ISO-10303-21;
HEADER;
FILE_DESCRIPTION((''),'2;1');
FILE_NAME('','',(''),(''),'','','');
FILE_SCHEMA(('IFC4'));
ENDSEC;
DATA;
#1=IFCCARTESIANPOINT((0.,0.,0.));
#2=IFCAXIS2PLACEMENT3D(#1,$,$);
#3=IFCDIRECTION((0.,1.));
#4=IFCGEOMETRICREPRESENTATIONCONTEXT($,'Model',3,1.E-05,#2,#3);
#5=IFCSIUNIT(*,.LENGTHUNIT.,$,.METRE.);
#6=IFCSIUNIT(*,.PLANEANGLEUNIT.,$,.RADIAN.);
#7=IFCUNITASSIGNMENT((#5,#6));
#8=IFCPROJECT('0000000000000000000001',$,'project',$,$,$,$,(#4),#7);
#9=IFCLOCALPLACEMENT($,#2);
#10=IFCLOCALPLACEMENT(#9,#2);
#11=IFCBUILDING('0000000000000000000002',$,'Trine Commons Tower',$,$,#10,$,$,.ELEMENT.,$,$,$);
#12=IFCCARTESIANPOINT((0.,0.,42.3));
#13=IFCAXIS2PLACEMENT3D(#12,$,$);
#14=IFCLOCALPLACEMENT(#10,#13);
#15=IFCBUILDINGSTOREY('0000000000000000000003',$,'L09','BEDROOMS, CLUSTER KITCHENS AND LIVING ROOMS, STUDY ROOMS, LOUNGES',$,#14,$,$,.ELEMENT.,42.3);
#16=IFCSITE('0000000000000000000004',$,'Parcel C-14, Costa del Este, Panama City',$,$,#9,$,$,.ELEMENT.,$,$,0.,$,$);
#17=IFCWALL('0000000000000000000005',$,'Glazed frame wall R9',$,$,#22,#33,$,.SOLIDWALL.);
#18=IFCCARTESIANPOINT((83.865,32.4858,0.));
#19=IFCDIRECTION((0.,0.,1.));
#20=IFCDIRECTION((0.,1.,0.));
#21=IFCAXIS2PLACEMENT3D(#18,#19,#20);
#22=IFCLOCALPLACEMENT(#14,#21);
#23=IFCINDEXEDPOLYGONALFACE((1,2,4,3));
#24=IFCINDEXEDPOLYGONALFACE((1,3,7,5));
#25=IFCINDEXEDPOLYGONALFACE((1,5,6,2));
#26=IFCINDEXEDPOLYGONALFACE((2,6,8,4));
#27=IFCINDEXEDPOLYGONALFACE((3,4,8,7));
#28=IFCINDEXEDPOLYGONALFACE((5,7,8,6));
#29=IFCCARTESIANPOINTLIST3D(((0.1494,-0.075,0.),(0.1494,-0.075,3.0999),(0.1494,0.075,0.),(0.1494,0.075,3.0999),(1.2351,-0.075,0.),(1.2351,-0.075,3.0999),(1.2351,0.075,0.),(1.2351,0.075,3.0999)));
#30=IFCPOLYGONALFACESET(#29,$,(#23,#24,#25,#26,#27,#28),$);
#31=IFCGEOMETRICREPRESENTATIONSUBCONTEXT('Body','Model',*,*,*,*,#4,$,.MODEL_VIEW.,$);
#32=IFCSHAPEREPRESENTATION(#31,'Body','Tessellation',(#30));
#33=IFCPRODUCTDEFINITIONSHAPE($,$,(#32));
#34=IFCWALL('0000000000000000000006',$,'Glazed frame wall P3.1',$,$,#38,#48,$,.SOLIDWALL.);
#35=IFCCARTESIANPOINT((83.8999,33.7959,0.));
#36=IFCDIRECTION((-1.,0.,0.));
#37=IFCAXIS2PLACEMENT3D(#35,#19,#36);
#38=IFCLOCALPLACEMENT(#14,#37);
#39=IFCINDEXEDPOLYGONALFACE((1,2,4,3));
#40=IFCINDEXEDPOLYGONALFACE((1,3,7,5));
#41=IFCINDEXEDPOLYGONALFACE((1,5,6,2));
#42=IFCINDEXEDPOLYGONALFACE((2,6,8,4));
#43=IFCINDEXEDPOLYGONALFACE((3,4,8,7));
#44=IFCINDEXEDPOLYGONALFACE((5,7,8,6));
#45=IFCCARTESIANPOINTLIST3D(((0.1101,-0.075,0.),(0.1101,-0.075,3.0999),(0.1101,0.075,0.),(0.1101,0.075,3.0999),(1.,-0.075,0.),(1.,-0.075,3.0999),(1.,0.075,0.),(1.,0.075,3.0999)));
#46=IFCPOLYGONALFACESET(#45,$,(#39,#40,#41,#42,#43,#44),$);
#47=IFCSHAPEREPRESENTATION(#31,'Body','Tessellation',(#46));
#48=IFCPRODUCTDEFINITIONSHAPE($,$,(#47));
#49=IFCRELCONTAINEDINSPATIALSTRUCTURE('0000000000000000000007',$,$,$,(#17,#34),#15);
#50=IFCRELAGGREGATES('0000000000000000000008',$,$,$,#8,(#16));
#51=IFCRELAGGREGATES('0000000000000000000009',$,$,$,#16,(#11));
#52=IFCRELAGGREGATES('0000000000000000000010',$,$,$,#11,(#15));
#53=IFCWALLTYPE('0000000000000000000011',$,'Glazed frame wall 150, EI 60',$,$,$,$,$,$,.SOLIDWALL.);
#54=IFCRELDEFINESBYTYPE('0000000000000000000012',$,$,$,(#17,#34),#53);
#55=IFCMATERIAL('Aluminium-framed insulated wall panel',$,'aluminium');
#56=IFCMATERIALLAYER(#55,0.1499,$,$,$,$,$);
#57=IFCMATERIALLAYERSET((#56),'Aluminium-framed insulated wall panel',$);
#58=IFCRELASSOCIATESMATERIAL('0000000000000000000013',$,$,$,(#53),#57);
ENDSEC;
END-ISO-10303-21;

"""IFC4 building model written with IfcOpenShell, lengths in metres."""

from ifc_helpers import new_model, si_unit, direction, frame, origin, place, context, subcontext, project, spatial, polyline, outline, extrude, material, layer, layer_set, type_object, element, save


model = new_model("IFC4")

# Units and contexts
model_context = context("Model", 3, precision=1e-05, world=origin(), true_north=direction((0.0, 1.0)))
body_context = subcontext(model_context, "Body", "Model", "MODEL_VIEW")
ifc_project = project(units=[si_unit("LENGTHUNIT", "METRE"), si_unit("PLANEANGLEUNIT", "RADIAN")], contexts=[model_context])

# Site, building, storey
site_placement = place(None, origin())
site = spatial("IfcSite", under=ifc_project, at=site_placement, Name="Parcel C-14, Costa del Este, Panama City", CompositionType="ELEMENT", RefElevation=0.0)
building_placement = place(site_placement, origin())
building = spatial("IfcBuilding", under=site, at=building_placement, Name="Trine Commons Tower", CompositionType="ELEMENT")
storey_placement = place(building_placement, frame((0.0, 0.0, 42.3)))
storey = spatial("IfcBuildingStorey", under=building, at=storey_placement, Name="L09", Description="BEDROOMS, CLUSTER KITCHENS AND LIVING ROOMS, STUDY ROOMS, LOUNGES", CompositionType="ELEMENT", Elevation=42.3)

# Walls
ifc_material_1 = material(Name="Aluminium-framed insulated wall panel", Category="aluminium")
ifc_layer_1 = layer(ifc_material_1, 0.1499)
ifc_layer_set_1 = layer_set([ifc_layer_1], Name="Aluminium-framed insulated wall panel")
wall_type_1 = type_object("IfcWallType", Name="Glazed frame wall 150, EI 60", PredefinedType="SOLIDWALL", material=ifc_layer_set_1)
wall_1_placement = place(storey_placement, frame((83.865, 32.4858, 0.0), z_axis=(0.0, 0.0, 1.0), x_axis=(0.0, 1.0, 0.0)))
element("IfcWall", 1, at=wall_1_placement, inside=storey, type_object=wall_type_1, Name="Glazed frame wall R9", PredefinedType="SOLIDWALL", context=body_context, shape_type="SweptSolid", body=[
    extrude(outline(polyline([(0.1494, 0.075), (0.1494, -0.075), (1.2351, -0.075), (1.2351, 0.075), (0.1494, 0.075)])), origin(), (0.0, 0.0, 1.0), 3.0999),
])
wall_2_placement = place(storey_placement, frame((83.8999, 33.7959, 0.0), z_axis=(0.0, 0.0, 1.0), x_axis=(-1.0, 0.0, 0.0)))
element("IfcWall", 2, at=wall_2_placement, inside=storey, type_object=wall_type_1, Name="Glazed frame wall P3.1", PredefinedType="SOLIDWALL", context=body_context, shape_type="SweptSolid", body=[
    extrude(outline(polyline([(0.1101, -0.075), (1.0, -0.075), (1.0, 0.075), (0.1101, 0.075), (0.1101, -0.075)])), origin(), (0.0, 0.0, 1.0), 3.0999),
])

save(model, "model.ifc")
